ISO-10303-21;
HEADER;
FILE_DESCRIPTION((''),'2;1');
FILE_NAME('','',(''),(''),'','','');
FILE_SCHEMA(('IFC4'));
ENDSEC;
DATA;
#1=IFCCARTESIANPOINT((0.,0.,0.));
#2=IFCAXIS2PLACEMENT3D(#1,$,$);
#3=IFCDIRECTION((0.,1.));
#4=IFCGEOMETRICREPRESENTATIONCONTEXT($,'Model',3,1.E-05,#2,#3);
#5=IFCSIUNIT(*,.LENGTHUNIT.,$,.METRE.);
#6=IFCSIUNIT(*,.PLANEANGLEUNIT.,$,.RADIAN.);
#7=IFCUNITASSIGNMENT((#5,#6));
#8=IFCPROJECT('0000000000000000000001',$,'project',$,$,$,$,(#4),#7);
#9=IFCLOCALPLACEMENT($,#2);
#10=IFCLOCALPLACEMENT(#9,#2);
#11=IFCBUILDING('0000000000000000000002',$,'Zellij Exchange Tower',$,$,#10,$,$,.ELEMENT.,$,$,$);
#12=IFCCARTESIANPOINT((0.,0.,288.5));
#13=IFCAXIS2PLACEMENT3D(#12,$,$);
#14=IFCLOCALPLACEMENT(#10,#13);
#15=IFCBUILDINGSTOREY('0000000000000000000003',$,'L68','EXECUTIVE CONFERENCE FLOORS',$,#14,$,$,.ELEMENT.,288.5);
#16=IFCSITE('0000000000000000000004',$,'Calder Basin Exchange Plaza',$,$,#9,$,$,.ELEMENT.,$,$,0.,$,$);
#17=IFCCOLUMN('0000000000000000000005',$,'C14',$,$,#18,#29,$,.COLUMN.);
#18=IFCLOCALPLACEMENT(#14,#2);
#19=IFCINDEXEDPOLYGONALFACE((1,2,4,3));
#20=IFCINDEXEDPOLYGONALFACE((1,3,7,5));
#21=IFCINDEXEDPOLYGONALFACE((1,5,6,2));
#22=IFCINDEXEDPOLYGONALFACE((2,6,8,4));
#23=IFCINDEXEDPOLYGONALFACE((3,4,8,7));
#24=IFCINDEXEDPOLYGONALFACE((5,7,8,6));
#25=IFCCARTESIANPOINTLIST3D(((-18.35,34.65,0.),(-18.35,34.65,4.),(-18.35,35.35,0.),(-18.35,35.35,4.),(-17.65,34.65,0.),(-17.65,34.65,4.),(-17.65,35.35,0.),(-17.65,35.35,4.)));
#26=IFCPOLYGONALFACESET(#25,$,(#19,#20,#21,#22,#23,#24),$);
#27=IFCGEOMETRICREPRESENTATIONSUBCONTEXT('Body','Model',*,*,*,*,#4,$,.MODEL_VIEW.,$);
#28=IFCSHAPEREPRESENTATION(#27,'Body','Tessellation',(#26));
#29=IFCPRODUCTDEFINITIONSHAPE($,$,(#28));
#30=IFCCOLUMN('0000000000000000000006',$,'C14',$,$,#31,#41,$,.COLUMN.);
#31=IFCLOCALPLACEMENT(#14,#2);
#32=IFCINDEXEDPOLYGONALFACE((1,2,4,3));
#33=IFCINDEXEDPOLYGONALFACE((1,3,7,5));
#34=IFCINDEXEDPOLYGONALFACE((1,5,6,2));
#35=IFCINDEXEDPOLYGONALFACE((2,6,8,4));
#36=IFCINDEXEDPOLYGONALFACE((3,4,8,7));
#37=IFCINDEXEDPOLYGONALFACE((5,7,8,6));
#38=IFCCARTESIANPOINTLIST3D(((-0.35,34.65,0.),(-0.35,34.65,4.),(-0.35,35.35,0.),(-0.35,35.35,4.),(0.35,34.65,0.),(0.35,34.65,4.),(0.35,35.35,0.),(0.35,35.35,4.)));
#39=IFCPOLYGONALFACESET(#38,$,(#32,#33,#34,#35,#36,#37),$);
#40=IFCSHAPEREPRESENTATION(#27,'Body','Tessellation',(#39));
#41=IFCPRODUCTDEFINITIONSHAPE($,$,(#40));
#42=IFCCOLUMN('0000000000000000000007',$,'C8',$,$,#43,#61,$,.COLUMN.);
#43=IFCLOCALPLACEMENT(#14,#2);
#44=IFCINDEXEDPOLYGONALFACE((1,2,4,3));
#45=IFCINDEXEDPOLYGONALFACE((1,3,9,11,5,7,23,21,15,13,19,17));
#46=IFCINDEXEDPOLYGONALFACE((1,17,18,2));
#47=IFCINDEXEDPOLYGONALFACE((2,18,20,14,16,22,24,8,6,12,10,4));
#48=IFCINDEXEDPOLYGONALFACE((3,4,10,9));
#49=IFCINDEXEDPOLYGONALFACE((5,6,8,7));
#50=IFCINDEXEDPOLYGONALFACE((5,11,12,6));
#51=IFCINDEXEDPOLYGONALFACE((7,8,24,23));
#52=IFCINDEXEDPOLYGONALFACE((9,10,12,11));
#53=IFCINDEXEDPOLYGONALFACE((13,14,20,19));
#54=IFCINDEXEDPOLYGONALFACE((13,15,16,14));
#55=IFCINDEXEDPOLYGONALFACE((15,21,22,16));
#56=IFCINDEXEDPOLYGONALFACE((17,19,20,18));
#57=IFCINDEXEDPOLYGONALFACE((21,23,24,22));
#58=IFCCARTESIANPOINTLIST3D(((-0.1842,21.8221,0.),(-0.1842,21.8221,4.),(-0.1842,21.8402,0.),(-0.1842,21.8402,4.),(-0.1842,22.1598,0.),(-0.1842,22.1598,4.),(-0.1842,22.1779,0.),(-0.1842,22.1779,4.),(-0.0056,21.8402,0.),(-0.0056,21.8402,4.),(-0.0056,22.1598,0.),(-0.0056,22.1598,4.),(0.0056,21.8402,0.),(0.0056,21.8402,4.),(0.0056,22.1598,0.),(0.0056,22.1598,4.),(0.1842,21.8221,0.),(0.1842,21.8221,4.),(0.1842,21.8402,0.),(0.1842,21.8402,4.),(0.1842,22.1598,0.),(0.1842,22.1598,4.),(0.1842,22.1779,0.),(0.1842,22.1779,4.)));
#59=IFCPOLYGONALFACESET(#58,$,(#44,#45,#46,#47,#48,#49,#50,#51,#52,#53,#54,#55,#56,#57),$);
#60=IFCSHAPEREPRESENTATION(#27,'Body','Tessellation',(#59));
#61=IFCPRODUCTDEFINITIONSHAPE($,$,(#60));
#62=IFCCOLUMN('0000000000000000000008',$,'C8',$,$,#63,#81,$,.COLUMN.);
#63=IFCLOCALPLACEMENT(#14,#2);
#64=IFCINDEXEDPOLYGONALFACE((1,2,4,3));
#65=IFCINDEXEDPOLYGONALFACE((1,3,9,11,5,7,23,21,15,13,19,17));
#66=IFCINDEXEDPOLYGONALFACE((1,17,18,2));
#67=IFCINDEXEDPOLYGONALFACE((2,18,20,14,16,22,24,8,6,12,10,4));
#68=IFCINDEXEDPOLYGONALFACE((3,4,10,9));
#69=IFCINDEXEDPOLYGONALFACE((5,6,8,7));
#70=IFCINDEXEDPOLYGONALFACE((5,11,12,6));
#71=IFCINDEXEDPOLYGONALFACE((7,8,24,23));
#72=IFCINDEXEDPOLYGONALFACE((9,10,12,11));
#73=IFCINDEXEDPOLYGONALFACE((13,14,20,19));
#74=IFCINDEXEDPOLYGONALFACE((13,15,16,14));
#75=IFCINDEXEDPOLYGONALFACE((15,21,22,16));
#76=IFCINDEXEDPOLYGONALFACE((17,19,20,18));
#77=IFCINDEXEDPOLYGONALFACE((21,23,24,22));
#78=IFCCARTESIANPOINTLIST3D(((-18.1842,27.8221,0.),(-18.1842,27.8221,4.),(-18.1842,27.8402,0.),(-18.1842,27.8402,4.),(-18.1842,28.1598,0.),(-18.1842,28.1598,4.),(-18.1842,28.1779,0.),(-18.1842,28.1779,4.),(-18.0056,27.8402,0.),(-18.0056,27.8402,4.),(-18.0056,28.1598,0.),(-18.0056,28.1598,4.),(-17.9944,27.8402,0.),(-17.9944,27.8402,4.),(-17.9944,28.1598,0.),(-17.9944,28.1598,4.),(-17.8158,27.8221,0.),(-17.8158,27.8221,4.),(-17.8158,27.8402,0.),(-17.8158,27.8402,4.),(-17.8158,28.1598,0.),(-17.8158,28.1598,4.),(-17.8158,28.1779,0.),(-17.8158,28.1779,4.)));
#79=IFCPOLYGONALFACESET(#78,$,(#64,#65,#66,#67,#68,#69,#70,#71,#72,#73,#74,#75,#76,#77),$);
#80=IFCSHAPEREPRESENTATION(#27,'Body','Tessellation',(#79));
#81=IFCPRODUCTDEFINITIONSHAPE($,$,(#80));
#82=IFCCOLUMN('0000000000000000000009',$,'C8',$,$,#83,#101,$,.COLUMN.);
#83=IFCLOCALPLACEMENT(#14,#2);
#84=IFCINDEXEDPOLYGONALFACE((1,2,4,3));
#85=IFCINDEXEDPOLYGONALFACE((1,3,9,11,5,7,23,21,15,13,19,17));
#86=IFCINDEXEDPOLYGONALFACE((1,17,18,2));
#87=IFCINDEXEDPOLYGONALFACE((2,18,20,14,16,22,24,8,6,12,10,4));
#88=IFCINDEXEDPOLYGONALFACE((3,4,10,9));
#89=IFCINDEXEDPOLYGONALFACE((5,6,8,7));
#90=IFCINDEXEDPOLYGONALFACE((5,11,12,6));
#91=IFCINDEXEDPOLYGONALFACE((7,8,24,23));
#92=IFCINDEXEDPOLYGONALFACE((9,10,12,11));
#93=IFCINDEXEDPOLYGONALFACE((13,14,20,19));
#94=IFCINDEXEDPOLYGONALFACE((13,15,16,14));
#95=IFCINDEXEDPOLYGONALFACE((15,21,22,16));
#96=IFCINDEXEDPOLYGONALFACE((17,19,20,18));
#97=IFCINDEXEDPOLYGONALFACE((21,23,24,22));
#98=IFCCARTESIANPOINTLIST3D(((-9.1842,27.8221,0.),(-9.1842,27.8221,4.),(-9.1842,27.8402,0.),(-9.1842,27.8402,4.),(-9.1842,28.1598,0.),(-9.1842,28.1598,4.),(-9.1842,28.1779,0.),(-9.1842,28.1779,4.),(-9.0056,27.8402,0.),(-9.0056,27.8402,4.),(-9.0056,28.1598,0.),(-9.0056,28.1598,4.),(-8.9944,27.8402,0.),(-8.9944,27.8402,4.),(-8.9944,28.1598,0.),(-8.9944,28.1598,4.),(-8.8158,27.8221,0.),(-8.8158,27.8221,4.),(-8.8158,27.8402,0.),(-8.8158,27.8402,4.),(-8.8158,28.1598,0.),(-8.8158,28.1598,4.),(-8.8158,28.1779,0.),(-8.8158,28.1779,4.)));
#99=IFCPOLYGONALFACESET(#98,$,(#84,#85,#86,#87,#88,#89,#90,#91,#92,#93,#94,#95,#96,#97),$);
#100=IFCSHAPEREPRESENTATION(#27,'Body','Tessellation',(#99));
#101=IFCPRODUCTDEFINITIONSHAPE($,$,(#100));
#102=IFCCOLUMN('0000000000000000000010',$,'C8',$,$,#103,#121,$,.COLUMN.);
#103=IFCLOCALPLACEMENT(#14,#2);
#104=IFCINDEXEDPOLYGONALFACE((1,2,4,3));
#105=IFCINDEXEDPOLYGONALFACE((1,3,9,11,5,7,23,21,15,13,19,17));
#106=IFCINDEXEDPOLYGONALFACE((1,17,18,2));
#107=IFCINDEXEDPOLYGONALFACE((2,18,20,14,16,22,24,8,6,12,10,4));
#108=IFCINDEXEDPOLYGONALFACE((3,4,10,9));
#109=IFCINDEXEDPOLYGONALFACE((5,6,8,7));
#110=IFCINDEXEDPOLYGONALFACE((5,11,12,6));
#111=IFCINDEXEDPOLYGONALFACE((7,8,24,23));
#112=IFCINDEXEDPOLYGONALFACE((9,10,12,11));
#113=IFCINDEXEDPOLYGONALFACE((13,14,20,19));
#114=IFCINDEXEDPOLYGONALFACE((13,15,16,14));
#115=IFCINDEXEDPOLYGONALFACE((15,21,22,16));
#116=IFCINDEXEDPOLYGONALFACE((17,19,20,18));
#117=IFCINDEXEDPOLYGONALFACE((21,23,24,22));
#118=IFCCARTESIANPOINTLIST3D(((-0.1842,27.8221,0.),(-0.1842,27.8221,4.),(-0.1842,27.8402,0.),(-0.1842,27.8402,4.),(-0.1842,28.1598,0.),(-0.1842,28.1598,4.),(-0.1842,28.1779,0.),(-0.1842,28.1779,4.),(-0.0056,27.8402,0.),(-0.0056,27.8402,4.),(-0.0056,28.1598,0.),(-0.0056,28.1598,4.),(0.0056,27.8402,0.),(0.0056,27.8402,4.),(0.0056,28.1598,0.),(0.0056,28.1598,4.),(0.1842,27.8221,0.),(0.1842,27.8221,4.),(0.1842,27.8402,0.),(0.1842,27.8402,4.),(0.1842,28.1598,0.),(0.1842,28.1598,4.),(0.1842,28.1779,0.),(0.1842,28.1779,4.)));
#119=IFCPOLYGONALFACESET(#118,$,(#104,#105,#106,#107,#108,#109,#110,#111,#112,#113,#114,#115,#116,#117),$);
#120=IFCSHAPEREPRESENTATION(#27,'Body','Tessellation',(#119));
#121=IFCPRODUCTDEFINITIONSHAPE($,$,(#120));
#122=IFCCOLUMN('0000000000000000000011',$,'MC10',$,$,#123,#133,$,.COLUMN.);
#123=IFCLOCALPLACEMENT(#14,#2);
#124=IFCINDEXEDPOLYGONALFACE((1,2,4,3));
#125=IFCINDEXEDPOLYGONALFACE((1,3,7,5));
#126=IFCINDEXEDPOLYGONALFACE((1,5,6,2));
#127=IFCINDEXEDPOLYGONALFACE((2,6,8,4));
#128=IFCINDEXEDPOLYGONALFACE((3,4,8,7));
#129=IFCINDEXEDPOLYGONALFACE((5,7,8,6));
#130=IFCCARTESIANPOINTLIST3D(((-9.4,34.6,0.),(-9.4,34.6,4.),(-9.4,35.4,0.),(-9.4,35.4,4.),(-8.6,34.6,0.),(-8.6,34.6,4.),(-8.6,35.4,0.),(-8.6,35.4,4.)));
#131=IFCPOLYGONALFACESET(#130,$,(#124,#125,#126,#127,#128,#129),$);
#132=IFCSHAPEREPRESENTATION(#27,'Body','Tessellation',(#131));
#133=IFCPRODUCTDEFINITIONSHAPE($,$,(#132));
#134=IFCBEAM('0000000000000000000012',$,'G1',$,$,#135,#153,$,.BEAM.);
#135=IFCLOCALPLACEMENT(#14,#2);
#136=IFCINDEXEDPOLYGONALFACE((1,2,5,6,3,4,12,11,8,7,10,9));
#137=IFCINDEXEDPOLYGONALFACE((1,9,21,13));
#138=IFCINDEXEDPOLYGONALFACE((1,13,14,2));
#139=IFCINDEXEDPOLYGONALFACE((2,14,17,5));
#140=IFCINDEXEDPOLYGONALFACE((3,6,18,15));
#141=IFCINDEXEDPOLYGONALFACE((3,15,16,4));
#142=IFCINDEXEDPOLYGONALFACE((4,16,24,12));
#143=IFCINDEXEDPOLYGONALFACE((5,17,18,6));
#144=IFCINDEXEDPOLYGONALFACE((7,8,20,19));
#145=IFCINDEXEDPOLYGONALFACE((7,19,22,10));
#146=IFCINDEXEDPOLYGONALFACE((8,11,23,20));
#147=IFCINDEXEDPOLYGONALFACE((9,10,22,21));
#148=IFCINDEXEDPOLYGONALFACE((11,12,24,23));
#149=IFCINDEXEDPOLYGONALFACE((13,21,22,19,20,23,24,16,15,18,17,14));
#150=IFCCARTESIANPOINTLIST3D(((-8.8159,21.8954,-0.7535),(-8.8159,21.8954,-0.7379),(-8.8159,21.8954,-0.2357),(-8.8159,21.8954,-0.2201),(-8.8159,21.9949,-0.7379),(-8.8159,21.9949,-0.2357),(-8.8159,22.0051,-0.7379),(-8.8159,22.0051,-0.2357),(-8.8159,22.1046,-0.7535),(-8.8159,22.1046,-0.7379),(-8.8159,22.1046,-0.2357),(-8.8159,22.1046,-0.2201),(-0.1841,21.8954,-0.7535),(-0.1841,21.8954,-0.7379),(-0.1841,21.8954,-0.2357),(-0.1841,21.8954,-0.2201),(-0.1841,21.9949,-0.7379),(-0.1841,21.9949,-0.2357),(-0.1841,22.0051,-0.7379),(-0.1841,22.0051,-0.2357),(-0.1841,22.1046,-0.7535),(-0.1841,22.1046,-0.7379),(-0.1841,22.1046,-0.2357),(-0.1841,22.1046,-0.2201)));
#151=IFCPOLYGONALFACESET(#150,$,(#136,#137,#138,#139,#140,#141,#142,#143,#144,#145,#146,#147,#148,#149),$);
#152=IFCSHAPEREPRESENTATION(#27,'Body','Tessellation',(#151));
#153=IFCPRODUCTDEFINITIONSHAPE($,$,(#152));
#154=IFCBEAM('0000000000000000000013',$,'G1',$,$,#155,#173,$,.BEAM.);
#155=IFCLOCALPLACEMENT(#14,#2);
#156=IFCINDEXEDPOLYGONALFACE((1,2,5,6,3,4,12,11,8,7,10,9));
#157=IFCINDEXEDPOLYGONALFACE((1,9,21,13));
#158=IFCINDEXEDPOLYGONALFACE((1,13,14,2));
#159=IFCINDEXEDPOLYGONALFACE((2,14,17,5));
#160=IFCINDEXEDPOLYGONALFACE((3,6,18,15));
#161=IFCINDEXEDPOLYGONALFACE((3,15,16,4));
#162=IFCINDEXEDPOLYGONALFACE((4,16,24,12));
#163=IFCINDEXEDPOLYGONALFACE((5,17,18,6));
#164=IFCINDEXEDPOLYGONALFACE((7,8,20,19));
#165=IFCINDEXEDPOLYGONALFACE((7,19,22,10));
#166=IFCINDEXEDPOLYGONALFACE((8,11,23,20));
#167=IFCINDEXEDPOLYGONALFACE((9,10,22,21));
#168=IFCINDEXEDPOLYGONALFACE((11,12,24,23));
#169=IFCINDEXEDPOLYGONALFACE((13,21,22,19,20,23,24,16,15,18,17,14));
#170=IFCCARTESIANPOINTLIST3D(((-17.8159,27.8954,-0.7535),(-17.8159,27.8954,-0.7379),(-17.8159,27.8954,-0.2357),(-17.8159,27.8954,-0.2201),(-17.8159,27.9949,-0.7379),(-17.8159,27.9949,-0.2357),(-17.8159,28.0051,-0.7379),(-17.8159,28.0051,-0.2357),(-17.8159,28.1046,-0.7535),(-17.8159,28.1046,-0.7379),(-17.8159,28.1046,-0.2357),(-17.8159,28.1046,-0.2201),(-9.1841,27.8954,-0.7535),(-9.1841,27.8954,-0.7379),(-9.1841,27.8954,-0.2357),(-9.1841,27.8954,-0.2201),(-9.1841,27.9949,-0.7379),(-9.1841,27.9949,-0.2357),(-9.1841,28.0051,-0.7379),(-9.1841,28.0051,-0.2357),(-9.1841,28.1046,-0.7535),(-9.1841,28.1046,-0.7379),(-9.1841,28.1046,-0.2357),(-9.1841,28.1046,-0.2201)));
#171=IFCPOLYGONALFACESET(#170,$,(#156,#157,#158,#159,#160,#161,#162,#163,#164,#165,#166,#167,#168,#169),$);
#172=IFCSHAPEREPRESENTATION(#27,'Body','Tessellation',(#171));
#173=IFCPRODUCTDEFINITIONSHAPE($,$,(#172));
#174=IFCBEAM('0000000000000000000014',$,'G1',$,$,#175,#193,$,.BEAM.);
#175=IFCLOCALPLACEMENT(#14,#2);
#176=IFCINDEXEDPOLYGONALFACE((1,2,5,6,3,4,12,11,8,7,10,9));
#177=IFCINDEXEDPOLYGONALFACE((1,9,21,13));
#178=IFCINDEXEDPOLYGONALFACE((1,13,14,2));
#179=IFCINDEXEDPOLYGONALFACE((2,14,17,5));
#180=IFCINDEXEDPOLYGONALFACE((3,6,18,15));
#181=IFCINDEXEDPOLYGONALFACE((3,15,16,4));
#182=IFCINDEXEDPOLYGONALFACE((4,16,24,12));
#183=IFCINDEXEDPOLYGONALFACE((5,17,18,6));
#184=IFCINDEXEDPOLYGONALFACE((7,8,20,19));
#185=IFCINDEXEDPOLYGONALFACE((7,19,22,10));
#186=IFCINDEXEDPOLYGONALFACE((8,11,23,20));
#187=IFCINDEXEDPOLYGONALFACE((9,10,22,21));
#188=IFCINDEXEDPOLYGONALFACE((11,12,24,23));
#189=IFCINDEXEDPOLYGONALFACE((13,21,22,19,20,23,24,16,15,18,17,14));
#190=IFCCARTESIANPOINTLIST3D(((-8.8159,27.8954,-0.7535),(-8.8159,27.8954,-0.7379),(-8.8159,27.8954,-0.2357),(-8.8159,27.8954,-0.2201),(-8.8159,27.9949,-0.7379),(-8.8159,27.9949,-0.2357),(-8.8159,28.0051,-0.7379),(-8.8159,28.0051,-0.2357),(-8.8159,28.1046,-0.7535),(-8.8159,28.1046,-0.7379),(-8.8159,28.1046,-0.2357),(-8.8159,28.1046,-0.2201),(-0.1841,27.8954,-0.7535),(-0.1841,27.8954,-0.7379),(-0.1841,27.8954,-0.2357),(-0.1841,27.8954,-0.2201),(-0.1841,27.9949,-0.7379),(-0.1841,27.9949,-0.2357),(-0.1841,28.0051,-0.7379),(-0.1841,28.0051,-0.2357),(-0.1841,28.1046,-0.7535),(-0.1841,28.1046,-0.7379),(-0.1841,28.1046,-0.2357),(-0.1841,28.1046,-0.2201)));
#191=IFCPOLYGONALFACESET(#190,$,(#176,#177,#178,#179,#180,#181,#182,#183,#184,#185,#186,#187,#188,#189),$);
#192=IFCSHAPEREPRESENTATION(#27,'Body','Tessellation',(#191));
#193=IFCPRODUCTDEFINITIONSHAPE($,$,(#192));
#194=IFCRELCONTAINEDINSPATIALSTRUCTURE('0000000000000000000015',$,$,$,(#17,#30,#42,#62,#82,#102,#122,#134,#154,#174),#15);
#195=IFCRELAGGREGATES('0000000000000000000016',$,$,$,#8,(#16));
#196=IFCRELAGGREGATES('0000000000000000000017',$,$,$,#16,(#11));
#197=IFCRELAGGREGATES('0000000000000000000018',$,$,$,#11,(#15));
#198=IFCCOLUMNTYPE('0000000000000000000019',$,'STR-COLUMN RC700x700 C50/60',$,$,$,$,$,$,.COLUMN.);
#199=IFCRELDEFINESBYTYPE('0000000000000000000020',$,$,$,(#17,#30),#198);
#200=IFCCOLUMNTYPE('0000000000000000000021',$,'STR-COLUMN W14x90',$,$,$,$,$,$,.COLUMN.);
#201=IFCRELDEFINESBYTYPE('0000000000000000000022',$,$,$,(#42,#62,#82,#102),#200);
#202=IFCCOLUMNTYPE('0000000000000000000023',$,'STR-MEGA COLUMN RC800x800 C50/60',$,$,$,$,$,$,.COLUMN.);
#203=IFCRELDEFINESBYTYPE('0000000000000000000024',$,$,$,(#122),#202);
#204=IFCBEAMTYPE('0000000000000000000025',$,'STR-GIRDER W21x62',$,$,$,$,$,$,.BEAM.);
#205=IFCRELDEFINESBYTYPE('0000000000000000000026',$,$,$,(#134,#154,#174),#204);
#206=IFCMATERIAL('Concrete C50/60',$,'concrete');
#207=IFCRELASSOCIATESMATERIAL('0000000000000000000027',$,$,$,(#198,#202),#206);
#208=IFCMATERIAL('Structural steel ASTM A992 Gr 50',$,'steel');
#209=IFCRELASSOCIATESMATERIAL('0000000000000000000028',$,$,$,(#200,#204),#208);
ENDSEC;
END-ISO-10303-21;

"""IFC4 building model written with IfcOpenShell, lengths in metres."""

from ifc_helpers import new_model, si_unit, direction, frame, origin, origin_2d, place, context, subcontext, project, spatial, rectangle, i_section, extrude, material, material_profile, profile_set, type_object, element, save


model = new_model("IFC4")

# Units and contexts
model_context = context("Model", 3, precision=1e-05, world=origin(), true_north=direction((0.0, 1.0)))
body_context = subcontext(model_context, "Body", "Model", "MODEL_VIEW")
ifc_project = project(units=[si_unit("LENGTHUNIT", "METRE"), si_unit("PLANEANGLEUNIT", "RADIAN")], contexts=[model_context])

# Site, building, storey
site_placement = place(None, origin())
site = spatial("IfcSite", under=ifc_project, at=site_placement, Name="Calder Basin Exchange Plaza", CompositionType="ELEMENT", RefElevation=0.0)
building_placement = place(site_placement, origin())
building = spatial("IfcBuilding", under=site, at=building_placement, Name="Zellij Exchange Tower", CompositionType="ELEMENT")
storey_placement = place(building_placement, frame((0.0, 0.0, 288.5)))
storey = spatial("IfcBuildingStorey", under=building, at=storey_placement, Name="L68", Description="EXECUTIVE CONFERENCE FLOORS", CompositionType="ELEMENT", Elevation=288.5)

# Columns
ifc_material_1 = material(Name="Concrete C50/60", Category="concrete")
ifc_material_profile_1 = material_profile(ifc_material_1, rectangle(XDim=0.7, YDim=0.7, at=origin_2d()), Name="STR-COLUMN RC700x700 C50/60")
ifc_profile_set_1 = profile_set([ifc_material_profile_1], Name="Concrete C50/60")
column_type_1 = type_object("IfcColumnType", Name="STR-COLUMN RC700x700 C50/60", PredefinedType="COLUMN", material=ifc_profile_set_1)
for number, where, z_axis, x_axis, name in (
    (1, (-18.0, 35.0, 0.0), (0.0, 0.0, 1.0), (1.0, 0.0, 0.0), "C14"),
    (2, (0.0, 35.0, 0.0), (0.0, 0.0, 1.0), (1.0, 0.0, 0.0), "C14"),
):
    element("IfcColumn", number, at=place(storey_placement, frame(where, z_axis=z_axis, x_axis=x_axis)), inside=storey, type_object=column_type_1, Name=name, PredefinedType="COLUMN", context=body_context, shape_type="SweptSolid", body=[
        extrude(rectangle(XDim=0.7, YDim=0.7, at=origin_2d()), origin(), (0.0, 0.0, 1.0), 4.0),
    ])
ifc_material_2 = material(Name="Structural steel ASTM A992 Gr 50", Category="steel")
ifc_material_profile_2 = material_profile(ifc_material_2, i_section(OverallWidth=0.3684, OverallDepth=0.3557, WebThickness=0.0112, FlangeThickness=0.0181, at=origin_2d()), Name="W14x90")
ifc_profile_set_2 = profile_set([ifc_material_profile_2], Name="Structural steel ASTM A992 Gr 50")
column_type_2 = type_object("IfcColumnType", Name="STR-COLUMN W14x90", PredefinedType="COLUMN", material=ifc_profile_set_2)
for number, where, z_axis, x_axis, name in (
    (3, (0.0, 22.0, 0.0), (0.0, 0.0, 1.0), (1.0, 0.0, 0.0), "C8"),
    (4, (-18.0, 28.0, 0.0), (0.0, 0.0, 1.0), (1.0, 0.0, 0.0), "C8"),
    (5, (-9.0, 28.0, 0.0), (0.0, 0.0, 1.0), (1.0, 0.0, 0.0), "C8"),
    (6, (0.0, 28.0, 0.0), (0.0, 0.0, 1.0), (1.0, 0.0, 0.0), "C8"),
):
    element("IfcColumn", number, at=place(storey_placement, frame(where, z_axis=z_axis, x_axis=x_axis)), inside=storey, type_object=column_type_2, Name=name, PredefinedType="COLUMN", context=body_context, shape_type="SweptSolid", body=[
        extrude(i_section(OverallWidth=0.3684, OverallDepth=0.3557, WebThickness=0.0112, FlangeThickness=0.0181, at=origin_2d()), origin(), (0.0, 0.0, 1.0), 4.0),
    ])
ifc_material_profile_3 = material_profile(ifc_material_1, rectangle(XDim=0.8, YDim=0.8, at=origin_2d()), Name="STR-MEGA COLUMN RC800x800 C50/60")
ifc_profile_set_3 = profile_set([ifc_material_profile_3], Name="Concrete C50/60")
column_type_3 = type_object("IfcColumnType", Name="STR-MEGA COLUMN RC800x800 C50/60", PredefinedType="COLUMN", material=ifc_profile_set_3)
column_placement = place(storey_placement, frame((-9.0, 35.0, 0.0), z_axis=(0.0, 0.0, 1.0), x_axis=(1.0, 0.0, 0.0)))
element("IfcColumn", 7, at=column_placement, inside=storey, type_object=column_type_3, Name="MC10", PredefinedType="COLUMN", context=body_context, shape_type="SweptSolid", body=[
    extrude(rectangle(XDim=0.8, YDim=0.8, at=origin_2d()), origin(), (0.0, 0.0, 1.0), 4.0),
])

# Beams
ifc_material_profile_4 = material_profile(ifc_material_2, i_section(OverallWidth=0.2092, OverallDepth=0.5334, WebThickness=0.0103, FlangeThickness=0.0156, at=origin_2d()), Name="W21x62")
ifc_profile_set_4 = profile_set([ifc_material_profile_4], Name="Structural steel ASTM A992 Gr 50")
beam_type = type_object("IfcBeamType", Name="STR-GIRDER W21x62", PredefinedType="BEAM", material=ifc_profile_set_4)
for number, where, z_axis, x_axis, name in (
    (8, (-8.8159, 22.0, -0.4868), (1.0, 0.0, 0.0), (0.0, 1.0, 0.0), "G1"),
    (9, (-17.8159, 28.0, -0.4868), (1.0, 0.0, 0.0), (0.0, 1.0, 0.0), "G1"),
    (10, (-8.8159, 28.0, -0.4868), (1.0, 0.0, 0.0), (0.0, 1.0, 0.0), "G1"),
):
    element("IfcBeam", number, at=place(storey_placement, frame(where, z_axis=z_axis, x_axis=x_axis)), inside=storey, type_object=beam_type, Name=name, PredefinedType="BEAM", context=body_context, shape_type="SweptSolid", body=[
        extrude(i_section(OverallWidth=0.2092, OverallDepth=0.5334, WebThickness=0.0103, FlangeThickness=0.0156, at=origin_2d()), origin(), (0.0, 0.0, 1.0), 8.6318),
    ])

save(model, "model.ifc")
